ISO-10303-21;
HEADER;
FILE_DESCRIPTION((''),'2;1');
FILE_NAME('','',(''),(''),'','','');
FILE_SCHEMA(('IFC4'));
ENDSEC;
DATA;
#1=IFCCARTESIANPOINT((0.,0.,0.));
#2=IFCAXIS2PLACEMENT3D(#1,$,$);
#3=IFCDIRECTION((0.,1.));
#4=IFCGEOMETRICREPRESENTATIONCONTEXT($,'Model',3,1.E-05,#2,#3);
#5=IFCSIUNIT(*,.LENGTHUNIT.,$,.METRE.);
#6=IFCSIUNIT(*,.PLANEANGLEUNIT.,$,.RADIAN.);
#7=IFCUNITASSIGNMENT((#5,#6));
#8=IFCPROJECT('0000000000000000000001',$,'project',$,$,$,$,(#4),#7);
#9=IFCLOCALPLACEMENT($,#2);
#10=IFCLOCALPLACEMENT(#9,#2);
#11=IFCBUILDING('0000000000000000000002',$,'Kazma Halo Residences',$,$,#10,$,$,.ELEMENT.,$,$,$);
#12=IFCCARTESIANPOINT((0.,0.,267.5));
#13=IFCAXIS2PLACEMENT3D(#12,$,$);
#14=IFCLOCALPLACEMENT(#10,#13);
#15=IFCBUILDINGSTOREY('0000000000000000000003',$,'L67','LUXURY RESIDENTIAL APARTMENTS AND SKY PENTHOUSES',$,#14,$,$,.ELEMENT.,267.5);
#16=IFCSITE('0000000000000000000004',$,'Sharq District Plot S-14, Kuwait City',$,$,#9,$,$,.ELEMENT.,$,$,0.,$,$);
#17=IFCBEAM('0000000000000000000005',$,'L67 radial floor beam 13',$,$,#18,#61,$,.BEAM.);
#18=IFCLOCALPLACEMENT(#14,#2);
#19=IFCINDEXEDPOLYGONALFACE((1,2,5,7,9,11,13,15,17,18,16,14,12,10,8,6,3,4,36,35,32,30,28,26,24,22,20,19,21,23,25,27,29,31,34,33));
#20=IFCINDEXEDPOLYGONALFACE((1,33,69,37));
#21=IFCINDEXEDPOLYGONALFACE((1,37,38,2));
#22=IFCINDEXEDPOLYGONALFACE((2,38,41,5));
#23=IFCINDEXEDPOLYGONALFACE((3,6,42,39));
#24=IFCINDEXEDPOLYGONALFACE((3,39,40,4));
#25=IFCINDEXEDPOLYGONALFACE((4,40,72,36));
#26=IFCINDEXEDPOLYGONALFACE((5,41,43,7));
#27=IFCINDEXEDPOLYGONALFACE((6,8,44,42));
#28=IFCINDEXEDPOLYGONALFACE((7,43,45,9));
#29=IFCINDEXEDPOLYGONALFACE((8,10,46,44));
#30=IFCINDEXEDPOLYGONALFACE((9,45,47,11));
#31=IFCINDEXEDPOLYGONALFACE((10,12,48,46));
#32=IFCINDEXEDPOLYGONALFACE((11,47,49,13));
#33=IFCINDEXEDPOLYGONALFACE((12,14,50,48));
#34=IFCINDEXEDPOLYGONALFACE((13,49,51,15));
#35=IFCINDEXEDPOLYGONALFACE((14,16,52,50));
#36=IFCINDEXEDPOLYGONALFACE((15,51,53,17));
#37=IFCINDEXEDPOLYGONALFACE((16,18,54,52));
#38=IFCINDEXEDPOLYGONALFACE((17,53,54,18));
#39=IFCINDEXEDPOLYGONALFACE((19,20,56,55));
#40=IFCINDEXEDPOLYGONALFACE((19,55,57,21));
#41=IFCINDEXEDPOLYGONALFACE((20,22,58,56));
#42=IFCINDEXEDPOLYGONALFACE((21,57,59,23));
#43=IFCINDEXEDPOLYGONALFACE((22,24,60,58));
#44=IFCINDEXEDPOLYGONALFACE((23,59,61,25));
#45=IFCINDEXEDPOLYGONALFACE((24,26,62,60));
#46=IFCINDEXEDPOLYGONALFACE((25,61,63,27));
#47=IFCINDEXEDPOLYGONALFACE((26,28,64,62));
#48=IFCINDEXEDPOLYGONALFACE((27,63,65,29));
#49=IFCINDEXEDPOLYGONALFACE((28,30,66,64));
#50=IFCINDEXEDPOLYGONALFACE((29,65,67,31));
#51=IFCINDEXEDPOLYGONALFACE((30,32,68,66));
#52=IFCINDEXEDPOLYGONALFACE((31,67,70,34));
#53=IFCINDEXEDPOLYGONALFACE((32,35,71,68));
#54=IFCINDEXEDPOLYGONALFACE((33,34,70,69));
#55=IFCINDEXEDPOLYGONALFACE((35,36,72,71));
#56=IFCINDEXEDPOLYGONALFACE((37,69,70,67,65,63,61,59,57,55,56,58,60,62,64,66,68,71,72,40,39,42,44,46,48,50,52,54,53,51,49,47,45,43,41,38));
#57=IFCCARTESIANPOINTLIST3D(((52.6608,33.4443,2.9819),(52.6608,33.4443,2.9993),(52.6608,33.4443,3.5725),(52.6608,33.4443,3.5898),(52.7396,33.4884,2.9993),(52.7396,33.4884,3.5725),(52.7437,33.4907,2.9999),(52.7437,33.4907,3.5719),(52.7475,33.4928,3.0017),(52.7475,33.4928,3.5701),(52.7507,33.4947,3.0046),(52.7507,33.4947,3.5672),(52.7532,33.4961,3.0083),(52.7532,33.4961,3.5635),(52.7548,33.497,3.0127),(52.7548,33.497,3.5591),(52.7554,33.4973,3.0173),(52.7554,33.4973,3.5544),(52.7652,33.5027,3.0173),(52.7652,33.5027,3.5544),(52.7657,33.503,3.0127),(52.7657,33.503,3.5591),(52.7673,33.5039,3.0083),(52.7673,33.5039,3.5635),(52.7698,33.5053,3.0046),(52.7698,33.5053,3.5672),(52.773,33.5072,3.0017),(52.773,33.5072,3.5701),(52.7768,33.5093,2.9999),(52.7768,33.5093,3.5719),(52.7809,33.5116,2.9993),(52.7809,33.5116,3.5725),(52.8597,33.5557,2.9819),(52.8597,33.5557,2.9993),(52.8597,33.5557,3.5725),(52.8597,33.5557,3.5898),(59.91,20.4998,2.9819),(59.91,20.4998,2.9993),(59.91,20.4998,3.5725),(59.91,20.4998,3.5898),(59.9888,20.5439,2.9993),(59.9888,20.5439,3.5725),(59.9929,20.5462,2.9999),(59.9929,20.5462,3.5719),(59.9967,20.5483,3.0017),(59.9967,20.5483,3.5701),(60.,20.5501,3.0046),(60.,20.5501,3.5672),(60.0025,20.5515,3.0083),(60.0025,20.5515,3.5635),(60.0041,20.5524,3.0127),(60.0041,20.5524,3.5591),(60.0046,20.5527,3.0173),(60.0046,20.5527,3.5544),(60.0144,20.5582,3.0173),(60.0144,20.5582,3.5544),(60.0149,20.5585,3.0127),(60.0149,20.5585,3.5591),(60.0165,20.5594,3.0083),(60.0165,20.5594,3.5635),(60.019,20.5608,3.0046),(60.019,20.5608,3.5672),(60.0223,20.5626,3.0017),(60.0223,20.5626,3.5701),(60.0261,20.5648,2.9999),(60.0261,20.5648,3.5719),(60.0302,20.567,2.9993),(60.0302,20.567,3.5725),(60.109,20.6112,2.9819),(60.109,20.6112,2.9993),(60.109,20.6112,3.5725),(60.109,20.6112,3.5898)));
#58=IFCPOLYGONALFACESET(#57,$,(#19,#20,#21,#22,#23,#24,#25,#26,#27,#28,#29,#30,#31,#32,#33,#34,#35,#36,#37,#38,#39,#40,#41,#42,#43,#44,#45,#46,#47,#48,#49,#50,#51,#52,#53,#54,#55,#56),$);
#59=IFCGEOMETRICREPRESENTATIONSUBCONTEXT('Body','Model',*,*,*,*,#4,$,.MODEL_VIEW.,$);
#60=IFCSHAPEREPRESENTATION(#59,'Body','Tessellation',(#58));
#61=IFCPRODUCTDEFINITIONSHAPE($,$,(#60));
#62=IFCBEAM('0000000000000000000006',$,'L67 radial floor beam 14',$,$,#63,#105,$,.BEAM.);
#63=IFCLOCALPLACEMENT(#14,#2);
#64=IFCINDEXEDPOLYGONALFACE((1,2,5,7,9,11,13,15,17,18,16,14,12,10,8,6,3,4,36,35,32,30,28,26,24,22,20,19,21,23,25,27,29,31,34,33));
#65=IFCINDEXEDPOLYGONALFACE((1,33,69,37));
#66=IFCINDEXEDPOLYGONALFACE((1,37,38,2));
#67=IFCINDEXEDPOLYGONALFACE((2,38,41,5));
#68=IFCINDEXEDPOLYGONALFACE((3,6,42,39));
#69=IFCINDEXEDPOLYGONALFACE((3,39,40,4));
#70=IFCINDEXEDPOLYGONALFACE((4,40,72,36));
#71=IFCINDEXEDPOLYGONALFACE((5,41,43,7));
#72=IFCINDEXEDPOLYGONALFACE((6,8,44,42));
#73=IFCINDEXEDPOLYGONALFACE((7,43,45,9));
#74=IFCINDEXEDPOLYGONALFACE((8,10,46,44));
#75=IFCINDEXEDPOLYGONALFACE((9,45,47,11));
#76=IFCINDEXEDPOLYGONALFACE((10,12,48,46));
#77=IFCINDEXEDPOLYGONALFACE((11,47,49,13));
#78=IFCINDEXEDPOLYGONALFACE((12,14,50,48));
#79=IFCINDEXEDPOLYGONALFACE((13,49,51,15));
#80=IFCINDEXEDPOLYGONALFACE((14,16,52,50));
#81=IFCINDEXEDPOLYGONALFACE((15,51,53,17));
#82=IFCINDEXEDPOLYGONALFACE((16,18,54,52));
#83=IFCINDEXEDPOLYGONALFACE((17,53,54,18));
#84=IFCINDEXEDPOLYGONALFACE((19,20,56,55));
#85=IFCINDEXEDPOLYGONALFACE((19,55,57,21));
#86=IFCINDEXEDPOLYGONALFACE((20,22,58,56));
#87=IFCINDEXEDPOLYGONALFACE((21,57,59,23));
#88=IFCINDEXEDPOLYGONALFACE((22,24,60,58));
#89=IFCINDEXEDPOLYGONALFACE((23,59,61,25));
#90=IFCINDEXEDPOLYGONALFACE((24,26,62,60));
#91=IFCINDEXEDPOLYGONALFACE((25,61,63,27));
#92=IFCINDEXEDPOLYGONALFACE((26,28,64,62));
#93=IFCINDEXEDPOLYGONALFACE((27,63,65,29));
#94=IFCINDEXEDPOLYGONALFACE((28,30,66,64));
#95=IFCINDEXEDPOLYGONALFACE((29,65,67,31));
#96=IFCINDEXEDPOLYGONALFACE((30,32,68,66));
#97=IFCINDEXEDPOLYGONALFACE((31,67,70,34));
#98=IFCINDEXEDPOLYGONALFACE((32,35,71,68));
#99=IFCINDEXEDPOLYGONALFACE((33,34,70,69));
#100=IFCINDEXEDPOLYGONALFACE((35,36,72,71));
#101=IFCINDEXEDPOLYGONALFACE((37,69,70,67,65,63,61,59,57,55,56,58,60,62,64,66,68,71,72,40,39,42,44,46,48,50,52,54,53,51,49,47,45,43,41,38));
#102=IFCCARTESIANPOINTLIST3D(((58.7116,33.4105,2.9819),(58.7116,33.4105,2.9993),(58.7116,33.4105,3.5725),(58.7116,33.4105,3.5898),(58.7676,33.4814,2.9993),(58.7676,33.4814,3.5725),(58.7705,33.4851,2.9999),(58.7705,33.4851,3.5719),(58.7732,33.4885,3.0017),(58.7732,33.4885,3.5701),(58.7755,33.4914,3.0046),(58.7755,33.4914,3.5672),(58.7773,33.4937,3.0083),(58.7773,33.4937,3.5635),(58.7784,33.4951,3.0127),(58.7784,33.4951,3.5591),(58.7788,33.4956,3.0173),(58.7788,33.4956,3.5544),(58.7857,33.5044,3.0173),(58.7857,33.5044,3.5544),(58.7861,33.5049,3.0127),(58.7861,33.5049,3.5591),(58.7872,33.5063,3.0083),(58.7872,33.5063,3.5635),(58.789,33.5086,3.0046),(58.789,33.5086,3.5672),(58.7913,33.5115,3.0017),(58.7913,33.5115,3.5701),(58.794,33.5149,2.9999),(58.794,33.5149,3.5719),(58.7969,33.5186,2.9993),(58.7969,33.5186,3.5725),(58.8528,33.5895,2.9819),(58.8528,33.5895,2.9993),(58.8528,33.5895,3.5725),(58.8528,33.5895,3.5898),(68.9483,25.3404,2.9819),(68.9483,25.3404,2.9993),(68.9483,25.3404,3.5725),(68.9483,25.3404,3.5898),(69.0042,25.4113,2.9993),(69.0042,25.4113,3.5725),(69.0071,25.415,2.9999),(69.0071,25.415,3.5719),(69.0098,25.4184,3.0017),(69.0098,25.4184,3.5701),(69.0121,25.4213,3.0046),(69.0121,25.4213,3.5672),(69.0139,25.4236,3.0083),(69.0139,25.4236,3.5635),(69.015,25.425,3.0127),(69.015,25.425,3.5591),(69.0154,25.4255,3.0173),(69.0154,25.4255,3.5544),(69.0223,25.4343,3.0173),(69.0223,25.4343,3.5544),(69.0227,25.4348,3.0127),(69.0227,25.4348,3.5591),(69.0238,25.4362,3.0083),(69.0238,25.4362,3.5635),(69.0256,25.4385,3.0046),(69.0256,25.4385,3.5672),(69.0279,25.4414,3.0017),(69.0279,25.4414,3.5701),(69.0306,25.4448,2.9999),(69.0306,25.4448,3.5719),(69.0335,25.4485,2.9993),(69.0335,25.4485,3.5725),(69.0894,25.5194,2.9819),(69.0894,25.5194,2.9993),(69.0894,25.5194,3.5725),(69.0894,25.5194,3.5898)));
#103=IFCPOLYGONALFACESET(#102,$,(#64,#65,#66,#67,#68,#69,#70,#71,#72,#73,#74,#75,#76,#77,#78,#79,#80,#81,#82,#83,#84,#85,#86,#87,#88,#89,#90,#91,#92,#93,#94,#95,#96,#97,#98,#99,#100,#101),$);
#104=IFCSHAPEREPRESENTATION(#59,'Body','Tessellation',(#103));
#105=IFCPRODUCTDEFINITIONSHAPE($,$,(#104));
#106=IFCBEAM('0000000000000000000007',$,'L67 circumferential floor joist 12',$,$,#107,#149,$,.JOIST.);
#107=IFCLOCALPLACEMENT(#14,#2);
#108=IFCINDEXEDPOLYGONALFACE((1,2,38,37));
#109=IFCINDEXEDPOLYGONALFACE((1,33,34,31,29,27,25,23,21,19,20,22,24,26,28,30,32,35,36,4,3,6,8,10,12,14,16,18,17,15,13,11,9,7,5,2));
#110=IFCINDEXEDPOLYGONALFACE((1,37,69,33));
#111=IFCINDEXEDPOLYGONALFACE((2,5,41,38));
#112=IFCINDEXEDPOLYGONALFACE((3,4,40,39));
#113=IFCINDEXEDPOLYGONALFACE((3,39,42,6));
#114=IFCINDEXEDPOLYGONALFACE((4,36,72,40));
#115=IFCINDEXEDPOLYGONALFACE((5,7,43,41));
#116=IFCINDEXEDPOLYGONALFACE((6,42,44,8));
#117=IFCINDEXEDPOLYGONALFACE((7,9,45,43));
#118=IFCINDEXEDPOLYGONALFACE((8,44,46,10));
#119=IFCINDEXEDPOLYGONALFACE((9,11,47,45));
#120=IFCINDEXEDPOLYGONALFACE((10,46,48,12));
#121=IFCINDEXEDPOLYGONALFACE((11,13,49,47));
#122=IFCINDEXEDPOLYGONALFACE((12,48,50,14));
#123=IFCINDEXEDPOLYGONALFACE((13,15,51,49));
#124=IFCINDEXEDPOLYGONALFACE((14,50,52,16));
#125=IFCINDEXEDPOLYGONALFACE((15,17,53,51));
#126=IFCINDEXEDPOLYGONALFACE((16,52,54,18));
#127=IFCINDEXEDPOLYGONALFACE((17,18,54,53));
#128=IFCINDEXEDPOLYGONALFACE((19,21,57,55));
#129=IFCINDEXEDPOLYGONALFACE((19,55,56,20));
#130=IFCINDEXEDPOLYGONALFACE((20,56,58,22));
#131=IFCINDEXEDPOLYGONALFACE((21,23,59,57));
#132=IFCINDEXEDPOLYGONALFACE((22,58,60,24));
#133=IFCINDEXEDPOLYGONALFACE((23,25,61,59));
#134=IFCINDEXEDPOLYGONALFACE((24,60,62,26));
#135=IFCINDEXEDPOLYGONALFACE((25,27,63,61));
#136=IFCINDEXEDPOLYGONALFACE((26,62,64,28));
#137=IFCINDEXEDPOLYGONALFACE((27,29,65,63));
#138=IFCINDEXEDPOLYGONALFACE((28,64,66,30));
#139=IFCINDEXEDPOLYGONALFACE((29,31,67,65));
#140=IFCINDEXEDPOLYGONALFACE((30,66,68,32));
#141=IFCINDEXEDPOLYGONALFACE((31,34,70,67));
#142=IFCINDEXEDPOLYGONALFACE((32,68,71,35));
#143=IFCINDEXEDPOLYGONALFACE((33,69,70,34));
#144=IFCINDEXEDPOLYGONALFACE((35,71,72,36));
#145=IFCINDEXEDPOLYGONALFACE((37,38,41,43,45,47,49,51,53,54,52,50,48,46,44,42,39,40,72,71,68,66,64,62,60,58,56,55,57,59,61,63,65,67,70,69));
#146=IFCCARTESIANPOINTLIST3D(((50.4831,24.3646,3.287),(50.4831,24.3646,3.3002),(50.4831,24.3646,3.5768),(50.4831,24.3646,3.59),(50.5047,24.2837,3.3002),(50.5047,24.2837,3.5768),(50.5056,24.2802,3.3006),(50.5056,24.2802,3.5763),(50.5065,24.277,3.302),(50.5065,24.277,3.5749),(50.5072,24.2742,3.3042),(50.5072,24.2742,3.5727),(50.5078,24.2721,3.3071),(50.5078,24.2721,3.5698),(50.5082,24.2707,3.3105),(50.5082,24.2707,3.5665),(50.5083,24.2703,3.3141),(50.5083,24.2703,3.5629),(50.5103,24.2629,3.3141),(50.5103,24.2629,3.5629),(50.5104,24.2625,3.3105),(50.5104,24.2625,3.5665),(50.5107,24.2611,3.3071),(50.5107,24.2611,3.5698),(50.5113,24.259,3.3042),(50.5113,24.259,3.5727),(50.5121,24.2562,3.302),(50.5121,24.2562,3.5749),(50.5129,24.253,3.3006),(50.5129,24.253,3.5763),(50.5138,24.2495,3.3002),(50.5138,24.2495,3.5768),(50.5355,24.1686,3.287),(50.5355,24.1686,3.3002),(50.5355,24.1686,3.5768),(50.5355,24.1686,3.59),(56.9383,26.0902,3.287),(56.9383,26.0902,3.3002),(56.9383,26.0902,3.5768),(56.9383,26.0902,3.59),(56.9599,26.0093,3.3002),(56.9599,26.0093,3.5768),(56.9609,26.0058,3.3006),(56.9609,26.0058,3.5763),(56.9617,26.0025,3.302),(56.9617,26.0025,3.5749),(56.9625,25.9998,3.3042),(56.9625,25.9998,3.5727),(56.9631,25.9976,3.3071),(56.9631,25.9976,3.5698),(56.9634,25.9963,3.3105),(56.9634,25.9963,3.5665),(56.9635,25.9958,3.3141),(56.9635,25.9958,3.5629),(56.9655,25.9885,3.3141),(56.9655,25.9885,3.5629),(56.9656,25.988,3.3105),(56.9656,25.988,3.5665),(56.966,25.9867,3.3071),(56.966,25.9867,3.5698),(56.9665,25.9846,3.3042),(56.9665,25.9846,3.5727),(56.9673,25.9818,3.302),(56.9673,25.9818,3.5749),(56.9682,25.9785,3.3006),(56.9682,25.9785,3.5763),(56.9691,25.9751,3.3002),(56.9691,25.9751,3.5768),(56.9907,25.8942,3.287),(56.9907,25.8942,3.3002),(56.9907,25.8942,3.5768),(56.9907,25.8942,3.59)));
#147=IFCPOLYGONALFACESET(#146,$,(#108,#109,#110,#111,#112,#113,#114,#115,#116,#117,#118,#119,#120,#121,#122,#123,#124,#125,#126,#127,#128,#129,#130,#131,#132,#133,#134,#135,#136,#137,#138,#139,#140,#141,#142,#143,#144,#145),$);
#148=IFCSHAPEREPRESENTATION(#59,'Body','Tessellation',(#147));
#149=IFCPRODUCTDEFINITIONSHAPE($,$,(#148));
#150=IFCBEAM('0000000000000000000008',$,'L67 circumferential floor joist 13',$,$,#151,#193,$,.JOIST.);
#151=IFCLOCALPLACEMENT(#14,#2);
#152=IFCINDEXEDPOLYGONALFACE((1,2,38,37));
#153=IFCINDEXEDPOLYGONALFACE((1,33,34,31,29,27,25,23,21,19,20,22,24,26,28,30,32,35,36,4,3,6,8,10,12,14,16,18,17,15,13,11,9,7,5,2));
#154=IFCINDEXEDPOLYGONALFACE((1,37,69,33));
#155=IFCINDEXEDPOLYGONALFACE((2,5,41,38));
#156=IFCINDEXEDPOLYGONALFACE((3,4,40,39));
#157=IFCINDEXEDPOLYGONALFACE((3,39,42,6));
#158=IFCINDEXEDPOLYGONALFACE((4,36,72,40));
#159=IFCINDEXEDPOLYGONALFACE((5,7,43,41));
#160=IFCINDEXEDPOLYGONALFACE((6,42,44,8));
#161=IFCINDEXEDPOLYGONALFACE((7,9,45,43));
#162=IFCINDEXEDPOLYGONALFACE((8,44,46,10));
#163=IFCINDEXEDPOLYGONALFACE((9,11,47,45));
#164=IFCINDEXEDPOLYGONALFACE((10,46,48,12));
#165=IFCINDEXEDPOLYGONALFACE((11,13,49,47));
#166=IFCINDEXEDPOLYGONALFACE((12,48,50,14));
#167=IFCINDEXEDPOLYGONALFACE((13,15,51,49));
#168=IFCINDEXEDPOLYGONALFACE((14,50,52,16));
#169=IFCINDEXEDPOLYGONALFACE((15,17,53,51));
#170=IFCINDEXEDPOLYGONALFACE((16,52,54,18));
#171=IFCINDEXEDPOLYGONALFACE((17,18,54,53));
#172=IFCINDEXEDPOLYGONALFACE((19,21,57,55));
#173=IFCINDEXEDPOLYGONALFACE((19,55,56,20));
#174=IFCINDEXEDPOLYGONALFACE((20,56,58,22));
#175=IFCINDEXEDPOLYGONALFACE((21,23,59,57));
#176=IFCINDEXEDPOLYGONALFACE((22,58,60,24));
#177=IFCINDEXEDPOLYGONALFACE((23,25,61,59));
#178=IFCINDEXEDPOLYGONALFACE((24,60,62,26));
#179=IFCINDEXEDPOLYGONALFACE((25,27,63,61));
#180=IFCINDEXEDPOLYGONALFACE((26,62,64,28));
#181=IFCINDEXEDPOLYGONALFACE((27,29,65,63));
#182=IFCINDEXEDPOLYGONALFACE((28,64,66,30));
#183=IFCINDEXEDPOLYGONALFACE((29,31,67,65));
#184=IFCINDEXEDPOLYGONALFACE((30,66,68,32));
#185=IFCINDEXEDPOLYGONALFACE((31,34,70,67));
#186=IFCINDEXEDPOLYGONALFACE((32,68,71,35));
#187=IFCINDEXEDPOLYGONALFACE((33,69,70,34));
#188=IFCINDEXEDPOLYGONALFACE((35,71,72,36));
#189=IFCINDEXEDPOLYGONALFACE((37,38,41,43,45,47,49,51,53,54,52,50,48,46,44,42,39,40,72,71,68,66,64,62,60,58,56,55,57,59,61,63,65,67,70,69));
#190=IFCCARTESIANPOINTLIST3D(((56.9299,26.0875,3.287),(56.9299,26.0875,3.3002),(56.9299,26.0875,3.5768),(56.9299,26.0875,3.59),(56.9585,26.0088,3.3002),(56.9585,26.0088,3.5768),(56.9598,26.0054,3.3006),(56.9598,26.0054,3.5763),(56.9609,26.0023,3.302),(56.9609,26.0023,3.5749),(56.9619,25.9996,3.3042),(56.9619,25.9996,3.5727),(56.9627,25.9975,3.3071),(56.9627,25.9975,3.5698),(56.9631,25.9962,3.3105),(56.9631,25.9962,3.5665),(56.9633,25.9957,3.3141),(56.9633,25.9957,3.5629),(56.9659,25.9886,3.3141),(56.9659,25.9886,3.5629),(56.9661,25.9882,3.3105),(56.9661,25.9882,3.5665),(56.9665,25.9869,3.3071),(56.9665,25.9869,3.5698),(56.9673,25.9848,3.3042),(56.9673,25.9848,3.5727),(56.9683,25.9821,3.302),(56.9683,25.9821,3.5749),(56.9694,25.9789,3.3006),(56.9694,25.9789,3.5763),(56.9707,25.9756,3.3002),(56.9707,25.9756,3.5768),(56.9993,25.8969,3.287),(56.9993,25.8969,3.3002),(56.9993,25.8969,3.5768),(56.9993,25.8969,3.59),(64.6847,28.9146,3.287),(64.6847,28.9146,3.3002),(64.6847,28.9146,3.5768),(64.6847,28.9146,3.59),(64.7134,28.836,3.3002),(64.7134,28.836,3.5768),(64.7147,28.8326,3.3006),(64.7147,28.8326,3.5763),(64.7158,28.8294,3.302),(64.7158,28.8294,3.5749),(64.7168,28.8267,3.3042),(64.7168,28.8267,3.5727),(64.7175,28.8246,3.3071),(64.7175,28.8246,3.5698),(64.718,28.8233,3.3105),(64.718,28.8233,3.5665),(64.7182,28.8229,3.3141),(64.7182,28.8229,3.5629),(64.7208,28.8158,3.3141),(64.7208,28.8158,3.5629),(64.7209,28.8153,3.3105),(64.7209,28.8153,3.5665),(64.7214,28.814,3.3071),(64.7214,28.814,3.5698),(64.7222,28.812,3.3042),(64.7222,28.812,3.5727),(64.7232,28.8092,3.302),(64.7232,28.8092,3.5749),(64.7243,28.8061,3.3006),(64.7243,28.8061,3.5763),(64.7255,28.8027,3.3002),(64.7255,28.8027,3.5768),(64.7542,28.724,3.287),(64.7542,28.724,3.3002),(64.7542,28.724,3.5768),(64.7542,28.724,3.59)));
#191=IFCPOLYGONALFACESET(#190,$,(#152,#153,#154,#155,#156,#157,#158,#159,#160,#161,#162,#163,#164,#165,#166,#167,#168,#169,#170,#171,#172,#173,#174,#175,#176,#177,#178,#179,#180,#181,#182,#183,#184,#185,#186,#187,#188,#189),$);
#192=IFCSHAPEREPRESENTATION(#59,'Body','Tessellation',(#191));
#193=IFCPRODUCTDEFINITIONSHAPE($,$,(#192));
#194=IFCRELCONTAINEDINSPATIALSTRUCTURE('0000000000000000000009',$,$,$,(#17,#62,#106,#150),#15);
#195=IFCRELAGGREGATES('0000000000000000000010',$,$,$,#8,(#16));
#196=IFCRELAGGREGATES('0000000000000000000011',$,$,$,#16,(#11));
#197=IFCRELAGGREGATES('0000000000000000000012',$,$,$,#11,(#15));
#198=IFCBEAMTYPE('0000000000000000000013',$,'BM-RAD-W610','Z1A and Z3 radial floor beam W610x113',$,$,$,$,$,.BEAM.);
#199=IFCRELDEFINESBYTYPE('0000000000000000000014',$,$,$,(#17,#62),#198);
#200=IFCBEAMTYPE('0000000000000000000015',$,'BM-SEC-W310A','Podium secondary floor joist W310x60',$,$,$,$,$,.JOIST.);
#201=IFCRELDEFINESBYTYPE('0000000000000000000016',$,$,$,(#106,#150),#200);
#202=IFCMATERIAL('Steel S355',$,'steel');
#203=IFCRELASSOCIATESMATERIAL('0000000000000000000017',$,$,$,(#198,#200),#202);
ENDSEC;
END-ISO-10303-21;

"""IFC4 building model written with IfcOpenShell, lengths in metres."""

from ifc_helpers import new_model, si_unit, direction, frame, origin, origin_2d, place, context, subcontext, project, spatial, i_section, extrude, material, material_profile, profile_set, type_object, element, save


model = new_model("IFC4")

# Units and contexts
model_context = context("Model", 3, precision=1e-05, world=origin(), true_north=direction((0.0, 1.0)))
body_context = subcontext(model_context, "Body", "Model", "MODEL_VIEW")
ifc_project = project(units=[si_unit("LENGTHUNIT", "METRE"), si_unit("PLANEANGLEUNIT", "RADIAN")], contexts=[model_context])

# Site, building, storey
site_placement = place(None, origin())
site = spatial("IfcSite", under=ifc_project, at=site_placement, Name="Sharq District Plot S-14, Kuwait City", CompositionType="ELEMENT", RefElevation=0.0)
building_placement = place(site_placement, origin())
building = spatial("IfcBuilding", under=site, at=building_placement, Name="Kazma Halo Residences", CompositionType="ELEMENT")
storey_placement = place(building_placement, frame((0.0, 0.0, 267.5)))
storey = spatial("IfcBuildingStorey", under=building, at=storey_placement, Name="L67", Description="LUXURY RESIDENTIAL APARTMENTS AND SKY PENTHOUSES", CompositionType="ELEMENT", Elevation=267.5)

# Beams
ifc_material_1 = material(Name="Steel S355", Category="steel")
ifc_material_profile_1 = material_profile(ifc_material_1, i_section(OverallWidth=0.228, OverallDepth=0.6079, WebThickness=0.0112, FlangeThickness=0.0173, FilletRadius=0.0181, at=origin_2d()), Name="W610x113")
ifc_profile_set_1 = profile_set([ifc_material_profile_1], Name="Steel S355")
beam_type_1 = type_object("IfcBeamType", Name="BM-RAD-W610", Description="Z1A and Z3 radial floor beam W610x113", PredefinedType="BEAM", material=ifc_profile_set_1)
beam_1_placement = place(storey_placement, frame((52.7603, 33.5, 3.2859), z_axis=(0.488619, -0.872497, 0.0), x_axis=(0.872497, 0.488619, 0.0)))
element("IfcBeam", 1, at=beam_1_placement, inside=storey, type_object=beam_type_1, Name="L67 radial floor beam 13", PredefinedType="BEAM", context=body_context, shape_type="SweptSolid", body=[
    extrude(i_section(OverallWidth=0.228, OverallDepth=0.6079, WebThickness=0.0112, FlangeThickness=0.0173, FilletRadius=0.0181, at=origin_2d()), origin(), (0.0, 0.0, 1.0), 14.8362),
])
beam_2_placement = place(storey_placement, frame((58.7822, 33.5, 3.2859), z_axis=(0.785309, -0.619104, 0.0), x_axis=(0.619104, 0.785309, 0.0)))
element("IfcBeam", 2, at=beam_2_placement, inside=storey, type_object=beam_type_1, Name="L67 radial floor beam 14", PredefinedType="BEAM", context=body_context, shape_type="SweptSolid", body=[
    extrude(i_section(OverallWidth=0.228, OverallDepth=0.6079, WebThickness=0.0112, FlangeThickness=0.0173, FilletRadius=0.0181, at=origin_2d()), origin(), (0.0, 0.0, 1.0), 13.0352),
])
ifc_material_profile_2 = material_profile(ifc_material_1, i_section(OverallWidth=0.2029, OverallDepth=0.303, WebThickness=0.0076, FlangeThickness=0.0132, FilletRadius=0.0139, at=origin_2d()), Name="W310x60")
ifc_profile_set_2 = profile_set([ifc_material_profile_2], Name="Steel S355")
beam_type_2 = type_object("IfcBeamType", Name="BM-SEC-W310A", Description="Podium secondary floor joist W310x60", PredefinedType="JOIST", material=ifc_profile_set_2)
beam_3_placement = place(storey_placement, frame((50.5093, 24.2666, 3.4385), z_axis=(0.96608, 0.258245, 0.0), x_axis=(-0.258245, 0.96608, 0.0)))
element("IfcBeam", 3, at=beam_3_placement, inside=storey, type_object=beam_type_2, Name="L67 circumferential floor joist 12", PredefinedType="JOIST", context=body_context, shape_type="SweptSolid", body=[
    extrude(i_section(OverallWidth=0.2029, OverallDepth=0.303, WebThickness=0.0076, FlangeThickness=0.0132, FilletRadius=0.0139, at=origin_2d()), origin(), (0.0, 0.0, 1.0), 6.6819),
])
beam_4_placement = place(storey_placement, frame((56.9646, 25.9922, 3.4385), z_axis=(0.939513, 0.342512, 0.0), x_axis=(-0.342512, 0.939513, 0.0)))
element("IfcBeam", 4, at=beam_4_placement, inside=storey, type_object=beam_type_2, Name="L67 circumferential floor joist 13", PredefinedType="JOIST", context=body_context, shape_type="SweptSolid", body=[
    extrude(i_section(OverallWidth=0.2029, OverallDepth=0.303, WebThickness=0.0076, FlangeThickness=0.0132, FilletRadius=0.0139, at=origin_2d()), origin(), (0.0, 0.0, 1.0), 8.2542),
])

save(model, "model.ifc")
